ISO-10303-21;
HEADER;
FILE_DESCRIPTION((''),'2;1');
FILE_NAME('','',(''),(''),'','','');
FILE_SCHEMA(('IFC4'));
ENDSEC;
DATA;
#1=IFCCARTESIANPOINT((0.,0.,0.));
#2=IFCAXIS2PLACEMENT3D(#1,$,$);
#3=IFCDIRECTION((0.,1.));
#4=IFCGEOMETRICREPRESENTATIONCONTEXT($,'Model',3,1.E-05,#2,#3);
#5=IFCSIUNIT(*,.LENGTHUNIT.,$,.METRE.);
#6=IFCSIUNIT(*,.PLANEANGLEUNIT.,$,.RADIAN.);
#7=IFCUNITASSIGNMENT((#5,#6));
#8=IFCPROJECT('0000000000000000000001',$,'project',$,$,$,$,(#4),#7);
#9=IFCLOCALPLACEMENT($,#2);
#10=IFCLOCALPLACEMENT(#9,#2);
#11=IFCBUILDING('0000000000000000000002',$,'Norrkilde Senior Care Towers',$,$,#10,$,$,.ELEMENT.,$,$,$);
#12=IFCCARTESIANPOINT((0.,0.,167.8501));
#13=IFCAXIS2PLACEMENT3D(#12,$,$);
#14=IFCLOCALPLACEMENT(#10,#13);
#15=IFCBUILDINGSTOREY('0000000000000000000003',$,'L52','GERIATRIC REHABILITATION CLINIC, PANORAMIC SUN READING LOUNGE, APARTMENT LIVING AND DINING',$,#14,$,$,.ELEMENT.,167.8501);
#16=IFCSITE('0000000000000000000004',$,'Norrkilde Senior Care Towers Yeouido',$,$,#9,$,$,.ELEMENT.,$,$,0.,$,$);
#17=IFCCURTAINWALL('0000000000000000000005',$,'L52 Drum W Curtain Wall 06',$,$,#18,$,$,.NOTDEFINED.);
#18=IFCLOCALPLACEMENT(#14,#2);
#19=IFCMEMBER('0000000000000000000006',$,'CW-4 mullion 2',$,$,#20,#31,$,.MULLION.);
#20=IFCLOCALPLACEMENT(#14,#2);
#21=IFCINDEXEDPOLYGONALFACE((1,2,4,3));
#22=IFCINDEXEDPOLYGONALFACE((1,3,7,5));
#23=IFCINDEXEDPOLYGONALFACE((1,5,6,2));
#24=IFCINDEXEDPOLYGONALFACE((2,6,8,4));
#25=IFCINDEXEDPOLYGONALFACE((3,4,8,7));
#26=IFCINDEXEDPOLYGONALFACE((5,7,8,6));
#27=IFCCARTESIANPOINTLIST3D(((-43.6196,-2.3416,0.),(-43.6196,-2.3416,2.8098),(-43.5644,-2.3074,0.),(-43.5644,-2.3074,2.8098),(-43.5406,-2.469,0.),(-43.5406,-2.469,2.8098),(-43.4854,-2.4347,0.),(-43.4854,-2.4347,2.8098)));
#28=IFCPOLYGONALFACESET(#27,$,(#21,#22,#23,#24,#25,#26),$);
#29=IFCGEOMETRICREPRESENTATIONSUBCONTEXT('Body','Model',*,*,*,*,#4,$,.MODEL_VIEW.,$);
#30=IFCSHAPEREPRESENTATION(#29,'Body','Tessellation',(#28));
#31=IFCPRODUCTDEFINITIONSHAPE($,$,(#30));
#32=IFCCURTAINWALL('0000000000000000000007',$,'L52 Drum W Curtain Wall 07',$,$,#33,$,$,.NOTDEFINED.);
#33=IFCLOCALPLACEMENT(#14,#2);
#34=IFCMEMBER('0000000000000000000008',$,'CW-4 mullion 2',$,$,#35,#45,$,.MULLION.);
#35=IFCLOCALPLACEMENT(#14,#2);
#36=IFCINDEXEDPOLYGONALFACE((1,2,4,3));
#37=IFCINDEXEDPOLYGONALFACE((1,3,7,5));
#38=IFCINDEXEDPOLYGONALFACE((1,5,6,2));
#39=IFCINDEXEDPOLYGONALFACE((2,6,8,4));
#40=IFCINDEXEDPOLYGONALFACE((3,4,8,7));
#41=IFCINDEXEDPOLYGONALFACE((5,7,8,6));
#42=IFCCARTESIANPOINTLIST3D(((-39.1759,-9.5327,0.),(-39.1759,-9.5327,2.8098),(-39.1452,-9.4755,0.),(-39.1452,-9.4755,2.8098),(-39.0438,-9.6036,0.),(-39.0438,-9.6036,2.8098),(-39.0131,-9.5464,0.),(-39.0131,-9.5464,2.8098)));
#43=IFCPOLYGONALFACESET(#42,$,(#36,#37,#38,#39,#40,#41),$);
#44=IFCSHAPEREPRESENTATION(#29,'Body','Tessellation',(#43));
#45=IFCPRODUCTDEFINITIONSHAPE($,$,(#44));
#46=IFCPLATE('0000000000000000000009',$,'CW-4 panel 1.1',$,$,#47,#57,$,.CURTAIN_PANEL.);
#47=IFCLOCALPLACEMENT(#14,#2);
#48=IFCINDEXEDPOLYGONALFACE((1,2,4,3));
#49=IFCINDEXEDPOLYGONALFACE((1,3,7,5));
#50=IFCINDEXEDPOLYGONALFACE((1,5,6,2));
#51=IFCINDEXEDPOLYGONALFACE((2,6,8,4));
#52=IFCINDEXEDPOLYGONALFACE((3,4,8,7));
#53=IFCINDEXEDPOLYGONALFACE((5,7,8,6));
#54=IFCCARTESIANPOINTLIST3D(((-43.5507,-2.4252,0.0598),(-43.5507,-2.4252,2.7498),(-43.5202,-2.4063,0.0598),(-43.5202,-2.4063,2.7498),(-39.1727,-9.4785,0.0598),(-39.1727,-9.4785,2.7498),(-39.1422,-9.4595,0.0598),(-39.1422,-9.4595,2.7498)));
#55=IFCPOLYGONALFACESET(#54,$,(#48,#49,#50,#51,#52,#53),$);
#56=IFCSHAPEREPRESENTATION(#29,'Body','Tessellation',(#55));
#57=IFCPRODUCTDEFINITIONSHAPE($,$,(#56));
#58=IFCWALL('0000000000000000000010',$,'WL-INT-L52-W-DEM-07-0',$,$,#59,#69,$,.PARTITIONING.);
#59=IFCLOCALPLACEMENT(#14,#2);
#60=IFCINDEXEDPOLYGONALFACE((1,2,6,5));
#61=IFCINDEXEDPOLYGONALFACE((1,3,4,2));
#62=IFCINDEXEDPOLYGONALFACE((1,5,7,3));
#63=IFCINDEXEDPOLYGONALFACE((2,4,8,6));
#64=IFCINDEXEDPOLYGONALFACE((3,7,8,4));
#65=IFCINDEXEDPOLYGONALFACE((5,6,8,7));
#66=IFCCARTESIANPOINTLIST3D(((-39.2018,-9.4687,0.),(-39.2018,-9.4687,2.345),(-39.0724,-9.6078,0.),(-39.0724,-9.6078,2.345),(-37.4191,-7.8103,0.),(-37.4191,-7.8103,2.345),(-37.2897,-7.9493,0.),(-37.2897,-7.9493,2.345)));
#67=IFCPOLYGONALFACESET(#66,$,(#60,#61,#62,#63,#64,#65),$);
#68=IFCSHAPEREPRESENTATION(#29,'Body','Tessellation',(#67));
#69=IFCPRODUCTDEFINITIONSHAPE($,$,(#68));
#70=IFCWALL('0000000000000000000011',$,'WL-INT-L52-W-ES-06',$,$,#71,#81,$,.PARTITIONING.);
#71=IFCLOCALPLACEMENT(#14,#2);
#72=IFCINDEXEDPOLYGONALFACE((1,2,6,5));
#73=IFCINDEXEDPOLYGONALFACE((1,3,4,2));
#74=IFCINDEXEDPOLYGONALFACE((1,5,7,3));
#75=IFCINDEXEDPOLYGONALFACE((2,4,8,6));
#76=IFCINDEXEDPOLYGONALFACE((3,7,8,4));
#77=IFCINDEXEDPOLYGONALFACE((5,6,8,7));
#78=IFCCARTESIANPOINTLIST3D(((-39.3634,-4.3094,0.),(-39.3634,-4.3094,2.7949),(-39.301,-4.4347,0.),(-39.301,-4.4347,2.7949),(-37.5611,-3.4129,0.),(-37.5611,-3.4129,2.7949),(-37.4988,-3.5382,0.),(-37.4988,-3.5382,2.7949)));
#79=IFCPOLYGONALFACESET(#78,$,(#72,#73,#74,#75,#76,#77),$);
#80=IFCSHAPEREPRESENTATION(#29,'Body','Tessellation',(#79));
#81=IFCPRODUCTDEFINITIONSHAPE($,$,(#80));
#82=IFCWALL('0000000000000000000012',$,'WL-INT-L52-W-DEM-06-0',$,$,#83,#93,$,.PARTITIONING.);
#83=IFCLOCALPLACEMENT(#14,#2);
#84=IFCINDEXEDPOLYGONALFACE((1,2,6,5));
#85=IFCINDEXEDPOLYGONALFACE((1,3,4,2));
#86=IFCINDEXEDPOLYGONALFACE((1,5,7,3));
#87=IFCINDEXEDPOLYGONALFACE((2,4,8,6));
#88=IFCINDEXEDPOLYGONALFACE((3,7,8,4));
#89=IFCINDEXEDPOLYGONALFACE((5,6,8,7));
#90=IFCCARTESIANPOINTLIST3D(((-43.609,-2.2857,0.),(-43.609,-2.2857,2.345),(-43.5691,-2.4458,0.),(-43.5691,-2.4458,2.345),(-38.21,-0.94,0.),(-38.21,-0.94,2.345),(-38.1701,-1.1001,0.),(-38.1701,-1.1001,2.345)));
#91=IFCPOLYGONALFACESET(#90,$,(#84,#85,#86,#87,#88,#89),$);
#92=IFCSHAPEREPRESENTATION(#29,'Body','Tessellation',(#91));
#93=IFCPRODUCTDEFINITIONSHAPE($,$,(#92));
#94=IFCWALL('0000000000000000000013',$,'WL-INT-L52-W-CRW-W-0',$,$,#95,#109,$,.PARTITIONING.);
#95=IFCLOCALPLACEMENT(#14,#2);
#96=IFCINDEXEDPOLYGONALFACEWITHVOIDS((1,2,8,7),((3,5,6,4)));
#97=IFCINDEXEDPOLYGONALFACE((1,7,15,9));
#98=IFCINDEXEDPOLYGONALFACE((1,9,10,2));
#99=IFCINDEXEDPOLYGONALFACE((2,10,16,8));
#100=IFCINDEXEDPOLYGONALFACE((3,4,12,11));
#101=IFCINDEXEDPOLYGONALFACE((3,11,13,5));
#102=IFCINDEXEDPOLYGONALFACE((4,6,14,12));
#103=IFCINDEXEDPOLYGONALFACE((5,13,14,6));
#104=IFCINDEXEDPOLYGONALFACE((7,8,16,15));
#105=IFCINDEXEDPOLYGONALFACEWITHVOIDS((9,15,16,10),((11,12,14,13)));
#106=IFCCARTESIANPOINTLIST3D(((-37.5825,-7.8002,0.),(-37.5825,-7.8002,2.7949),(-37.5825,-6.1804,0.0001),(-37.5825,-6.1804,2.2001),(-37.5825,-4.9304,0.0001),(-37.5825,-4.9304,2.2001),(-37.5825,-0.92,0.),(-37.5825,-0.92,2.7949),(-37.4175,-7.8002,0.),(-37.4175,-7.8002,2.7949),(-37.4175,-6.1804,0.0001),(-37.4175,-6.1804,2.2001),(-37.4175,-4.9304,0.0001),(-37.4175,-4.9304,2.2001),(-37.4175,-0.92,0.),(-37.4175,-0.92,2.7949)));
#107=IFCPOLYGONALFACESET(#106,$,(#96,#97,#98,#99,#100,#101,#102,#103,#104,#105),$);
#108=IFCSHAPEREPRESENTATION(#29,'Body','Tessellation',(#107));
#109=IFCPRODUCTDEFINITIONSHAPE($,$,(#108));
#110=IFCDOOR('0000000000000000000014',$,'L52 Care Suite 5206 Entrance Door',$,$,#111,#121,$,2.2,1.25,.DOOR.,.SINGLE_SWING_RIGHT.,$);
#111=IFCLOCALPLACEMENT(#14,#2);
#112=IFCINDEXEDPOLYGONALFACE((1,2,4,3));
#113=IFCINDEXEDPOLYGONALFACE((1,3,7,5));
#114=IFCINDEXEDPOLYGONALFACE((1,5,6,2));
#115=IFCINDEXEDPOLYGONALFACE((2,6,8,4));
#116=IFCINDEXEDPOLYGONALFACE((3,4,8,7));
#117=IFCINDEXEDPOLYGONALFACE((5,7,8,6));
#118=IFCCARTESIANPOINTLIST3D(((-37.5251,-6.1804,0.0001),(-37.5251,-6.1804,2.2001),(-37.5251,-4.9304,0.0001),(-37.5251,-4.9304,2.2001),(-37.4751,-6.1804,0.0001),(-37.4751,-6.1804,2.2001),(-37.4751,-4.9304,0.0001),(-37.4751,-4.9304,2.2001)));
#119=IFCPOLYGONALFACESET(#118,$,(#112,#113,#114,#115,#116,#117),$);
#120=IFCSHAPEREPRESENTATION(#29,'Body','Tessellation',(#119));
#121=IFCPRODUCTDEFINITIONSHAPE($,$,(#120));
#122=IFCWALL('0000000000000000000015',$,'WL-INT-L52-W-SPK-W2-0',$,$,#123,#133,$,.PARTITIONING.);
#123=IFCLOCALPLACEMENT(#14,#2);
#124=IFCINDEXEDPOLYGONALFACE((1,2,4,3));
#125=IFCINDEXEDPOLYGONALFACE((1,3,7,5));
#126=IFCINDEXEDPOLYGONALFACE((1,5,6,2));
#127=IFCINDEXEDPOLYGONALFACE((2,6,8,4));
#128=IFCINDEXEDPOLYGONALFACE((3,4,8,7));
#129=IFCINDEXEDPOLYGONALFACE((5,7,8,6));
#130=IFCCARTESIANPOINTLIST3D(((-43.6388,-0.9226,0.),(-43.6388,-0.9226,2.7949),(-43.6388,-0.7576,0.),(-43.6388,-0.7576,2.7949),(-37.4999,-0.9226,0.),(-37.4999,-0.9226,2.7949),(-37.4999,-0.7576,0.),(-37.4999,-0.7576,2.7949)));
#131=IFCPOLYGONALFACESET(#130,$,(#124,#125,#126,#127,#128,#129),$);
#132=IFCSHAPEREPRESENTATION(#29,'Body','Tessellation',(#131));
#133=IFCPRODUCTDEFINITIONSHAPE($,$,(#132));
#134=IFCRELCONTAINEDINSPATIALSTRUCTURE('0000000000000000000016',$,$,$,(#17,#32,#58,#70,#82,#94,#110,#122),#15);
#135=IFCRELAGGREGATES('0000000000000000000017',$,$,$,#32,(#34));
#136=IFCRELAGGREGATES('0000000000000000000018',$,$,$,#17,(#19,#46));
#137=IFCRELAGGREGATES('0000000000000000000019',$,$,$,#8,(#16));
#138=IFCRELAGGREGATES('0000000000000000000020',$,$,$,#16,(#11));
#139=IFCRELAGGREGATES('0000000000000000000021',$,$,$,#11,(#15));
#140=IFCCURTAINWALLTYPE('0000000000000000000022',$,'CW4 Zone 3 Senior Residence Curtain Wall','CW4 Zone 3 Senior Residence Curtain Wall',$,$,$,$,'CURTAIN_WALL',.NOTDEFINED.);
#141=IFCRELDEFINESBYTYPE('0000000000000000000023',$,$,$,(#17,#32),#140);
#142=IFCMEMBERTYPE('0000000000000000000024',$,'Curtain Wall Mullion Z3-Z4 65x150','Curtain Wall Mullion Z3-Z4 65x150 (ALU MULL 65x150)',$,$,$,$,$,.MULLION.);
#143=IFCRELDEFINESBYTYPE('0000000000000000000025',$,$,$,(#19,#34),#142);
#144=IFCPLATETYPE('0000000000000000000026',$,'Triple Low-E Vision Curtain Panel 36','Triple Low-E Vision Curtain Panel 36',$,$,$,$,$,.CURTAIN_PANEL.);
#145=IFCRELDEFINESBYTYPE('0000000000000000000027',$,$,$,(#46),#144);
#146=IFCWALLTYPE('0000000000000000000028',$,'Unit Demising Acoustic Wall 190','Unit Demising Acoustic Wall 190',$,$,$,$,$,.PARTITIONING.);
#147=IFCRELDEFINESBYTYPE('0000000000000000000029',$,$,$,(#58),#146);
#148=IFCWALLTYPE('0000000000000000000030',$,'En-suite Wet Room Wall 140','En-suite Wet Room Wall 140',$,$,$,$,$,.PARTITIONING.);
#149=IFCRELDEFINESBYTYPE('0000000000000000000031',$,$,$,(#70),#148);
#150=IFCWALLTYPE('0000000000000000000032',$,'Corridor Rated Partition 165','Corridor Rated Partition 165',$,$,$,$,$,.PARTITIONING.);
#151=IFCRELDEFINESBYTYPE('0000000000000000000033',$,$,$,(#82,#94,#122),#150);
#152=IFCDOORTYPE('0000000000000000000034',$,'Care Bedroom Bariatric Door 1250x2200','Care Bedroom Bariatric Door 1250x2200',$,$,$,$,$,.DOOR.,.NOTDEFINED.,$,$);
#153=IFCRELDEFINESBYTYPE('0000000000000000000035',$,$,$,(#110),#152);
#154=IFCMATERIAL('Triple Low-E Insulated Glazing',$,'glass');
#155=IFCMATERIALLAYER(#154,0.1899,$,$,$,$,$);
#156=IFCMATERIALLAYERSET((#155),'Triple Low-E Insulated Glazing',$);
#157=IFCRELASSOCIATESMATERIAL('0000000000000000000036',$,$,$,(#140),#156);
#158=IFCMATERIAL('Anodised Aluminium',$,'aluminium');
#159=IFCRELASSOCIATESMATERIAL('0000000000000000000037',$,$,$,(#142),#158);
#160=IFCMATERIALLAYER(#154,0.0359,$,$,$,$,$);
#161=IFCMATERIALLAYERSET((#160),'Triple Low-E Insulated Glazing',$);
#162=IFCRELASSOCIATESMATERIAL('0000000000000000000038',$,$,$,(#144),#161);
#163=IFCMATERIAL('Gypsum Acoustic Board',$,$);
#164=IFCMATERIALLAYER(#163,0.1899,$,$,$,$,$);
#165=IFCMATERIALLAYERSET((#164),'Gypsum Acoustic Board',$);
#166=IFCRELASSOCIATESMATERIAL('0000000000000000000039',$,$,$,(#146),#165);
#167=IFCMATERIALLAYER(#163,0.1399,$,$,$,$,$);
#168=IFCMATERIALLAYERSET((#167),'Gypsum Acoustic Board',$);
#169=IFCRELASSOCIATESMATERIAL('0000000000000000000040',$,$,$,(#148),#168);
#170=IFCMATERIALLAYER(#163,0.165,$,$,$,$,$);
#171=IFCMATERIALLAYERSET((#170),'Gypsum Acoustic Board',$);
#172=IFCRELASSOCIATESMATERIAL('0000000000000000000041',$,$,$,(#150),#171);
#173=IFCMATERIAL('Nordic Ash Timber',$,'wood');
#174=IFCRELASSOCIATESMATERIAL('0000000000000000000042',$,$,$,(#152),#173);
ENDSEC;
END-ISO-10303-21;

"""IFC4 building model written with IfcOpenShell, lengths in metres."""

from ifc_helpers import new_model, si_unit, direction, frame, frame_2d, origin, origin_2d, place, context, subcontext, project, spatial, rectangle, extrude, source, transform, mapped, material, layer, layer_set, material_profile, profile_set, type_object, type_shapes, element, fill, aggregate, save


model = new_model("IFC4")

# Units and contexts
model_context = context("Model", 3, precision=1e-05, world=origin(), true_north=direction((0.0, 1.0)))
body_context = subcontext(model_context, "Body", "Model", "MODEL_VIEW")
ifc_project = project(units=[si_unit("LENGTHUNIT", "METRE"), si_unit("PLANEANGLEUNIT", "RADIAN")], contexts=[model_context])

# Site, building, storey
site_placement = place(None, origin())
site = spatial("IfcSite", under=ifc_project, at=site_placement, Name="Norrkilde Senior Care Towers Yeouido", CompositionType="ELEMENT", RefElevation=0.0)
building_placement = place(site_placement, origin())
building = spatial("IfcBuilding", under=site, at=building_placement, Name="Norrkilde Senior Care Towers", CompositionType="ELEMENT")
storey_placement = place(building_placement, frame((0.0, 0.0, 167.8501)))
storey = spatial("IfcBuildingStorey", under=building, at=storey_placement, Name="L52", Description="GERIATRIC REHABILITATION CLINIC, PANORAMIC SUN READING LOUNGE, APARTMENT LIVING AND DINING", CompositionType="ELEMENT", Elevation=167.8501)

# Curtain wall
ifc_material_1 = material(Name="Triple Low-E Insulated Glazing", Category="glass")
ifc_layer_1 = layer(ifc_material_1, 0.1899)
ifc_layer_set_1 = layer_set([ifc_layer_1], Name="Triple Low-E Insulated Glazing")
curtain_wall_type = type_object("IfcCurtainWallType", Name="CW4 Zone 3 Senior Residence Curtain Wall", Description="CW4 Zone 3 Senior Residence Curtain Wall", ElementType="CURTAIN_WALL", PredefinedType="NOTDEFINED", material=ifc_layer_set_1)
curtain_wall_1_placement = place(storey_placement, origin())
curtain_wall_1 = element("IfcCurtainWall", 1, at=curtain_wall_1_placement, inside=storey, type_object=curtain_wall_type, Name="L52 Drum W Curtain Wall 06", PredefinedType="NOTDEFINED")
ifc_material_2 = material(Name="Anodised Aluminium", Category="aluminium")
ifc_material_profile_1 = material_profile(ifc_material_2, rectangle(XDim=0.0649, YDim=0.1499, at=origin_2d()), Name="ALU MULL 65x150")
ifc_profile_set_1 = profile_set([ifc_material_profile_1], Name="Anodised Aluminium")
member_type_1 = type_object("IfcMemberType", Name="Curtain Wall Mullion Z3-Z4 65x150", Description="Curtain Wall Mullion Z3-Z4 65x150 (ALU MULL 65x150)", PredefinedType="MULLION", material=ifc_profile_set_1)
shared_shape_1 = source(origin(), body_context, "Body", "SweptSolid", [
    extrude(rectangle(XDim=0.0649, YDim=0.1499, at=origin_2d()), origin(), (0.0, 0.0, 1.0), 2.8098),
])
type_shapes(member_type_1, [shared_shape_1])

# Member
member_1_placement = place(storey_placement, frame((-43.5525, -2.3882, 0.0), z_axis=(0.0, 0.0, 1.0), x_axis=(-0.849634, -0.527373, 0.0)))
member_1 = element("IfcMember", 2, at=member_1_placement, type_object=member_type_1, Name="CW-4 mullion 2", PredefinedType="MULLION", context=body_context, shape_type="MappedRepresentation", body=[
    mapped(shared_shape_1, transform((0.0, 0.0, 0.0), x_axis=(1.0, 0.0, 0.0), y_axis=(0.0, 1.0, 0.0), z_axis=(0.0, 0.0, 1.0), scale=1.0)),
])

# Curtain wall, member
curtain_wall_2_placement = place(storey_placement, origin())
curtain_wall_2 = element("IfcCurtainWall", 3, at=curtain_wall_2_placement, inside=storey, type_object=curtain_wall_type, Name="L52 Drum W Curtain Wall 07", PredefinedType="NOTDEFINED")
member_2_placement = place(storey_placement, frame((-39.0945, -9.5396, 0.0), z_axis=(0.0, 0.0, 1.0), x_axis=(-0.473117, -0.881, 0.0)))
member_2 = element("IfcMember", 4, at=member_2_placement, type_object=member_type_1, Name="CW-4 mullion 2", PredefinedType="MULLION", context=body_context, shape_type="MappedRepresentation", body=[
    mapped(shared_shape_1, transform((0.0, 0.0, 0.0), x_axis=(1.0, 0.0, 0.0), y_axis=(0.0, 1.0, 0.0), z_axis=(0.0, 0.0, 1.0), scale=1.0)),
])
aggregate(curtain_wall_2, [member_2])

# Plate
ifc_layer_2 = layer(ifc_material_1, 0.0359)
ifc_layer_set_2 = layer_set([ifc_layer_2], Name="Triple Low-E Insulated Glazing")
plate_type = type_object("IfcPlateType", Name="Triple Low-E Vision Curtain Panel 36", Description="Triple Low-E Vision Curtain Panel 36", PredefinedType="CURTAIN_PANEL", material=ifc_layer_set_2)
shared_shape_2 = source(origin(), body_context, "Body", "SweptSolid", [
    extrude(rectangle(XDim=8.3015, YDim=0.0359, at=origin_2d()), origin(), (0.0, 0.0, 1.0), 2.6899),
])
type_shapes(plate_type, [shared_shape_2])
plate_placement = place(storey_placement, frame((-41.3464, -5.9424, 0.0598), z_axis=(0.0, 0.0, 1.0), x_axis=(-0.527373, 0.849634, 0.0)))
plate = element("IfcPlate", 5, at=plate_placement, type_object=plate_type, Name="CW-4 panel 1.1", PredefinedType="CURTAIN_PANEL", context=body_context, shape_type="MappedRepresentation", body=[
    mapped(shared_shape_2, transform((0.0, 0.0, 0.0), x_axis=(1.0, 0.0, 0.0), y_axis=(0.0, 1.0, 0.0), z_axis=(0.0, 0.0, 1.0), scale=1.0)),
])
aggregate(curtain_wall_1, [member_1, plate])

# Walls
ifc_material_3 = material(Name="Gypsum Acoustic Board")
ifc_layer_3 = layer(ifc_material_3, 0.1899)
ifc_layer_set_3 = layer_set([ifc_layer_3], Name="Gypsum Acoustic Board")
wall_type_1 = type_object("IfcWallType", Name="Unit Demising Acoustic Wall 190", Description="Unit Demising Acoustic Wall 190", PredefinedType="PARTITIONING", material=ifc_layer_set_3)
shared_shape_3 = source(origin(), body_context, "Body", "SweptSolid", [
    extrude(rectangle(XDim=2.4348, YDim=0.1899, at=frame_2d((1.2173, 0.0))), origin(), (0.0, 0.0, 1.0), 2.345),
])
type_shapes(wall_type_1, [shared_shape_3])
wall_1_placement = place(storey_placement, frame((-37.3545, -7.8799, 0.0), z_axis=(0.0, 0.0, 1.0), x_axis=(-0.732165, -0.681128, 0.0)))
element("IfcWall", 6, at=wall_1_placement, inside=storey, type_object=wall_type_1, Name="WL-INT-L52-W-DEM-07-0", PredefinedType="PARTITIONING", context=body_context, shape_type="MappedRepresentation", body=[
    mapped(shared_shape_3, transform((0.0, 0.0, 0.0), x_axis=(1.0, 0.0, 0.0), y_axis=(0.0, 1.0, 0.0), z_axis=(0.0, 0.0, 1.0), scale=1.0)),
])
ifc_layer_4 = layer(ifc_material_3, 0.1399)
ifc_layer_set_4 = layer_set([ifc_layer_4], Name="Gypsum Acoustic Board")
wall_type_2 = type_object("IfcWallType", Name="En-suite Wet Room Wall 140", Description="En-suite Wet Room Wall 140", PredefinedType="PARTITIONING", material=ifc_layer_set_4)
shared_shape_4 = source(origin(), body_context, "Body", "SweptSolid", [
    extrude(rectangle(XDim=2.0129, YDim=0.1399, at=frame_2d((1.0063, 0.0))), origin(), (0.0, 0.0, 1.0), 2.7949),
])
wall_2_placement = place(storey_placement, frame((-37.53, -3.4756, 0.0), z_axis=(0.0, 0.0, 1.0), x_axis=(-0.895347, -0.445369, 0.0)))
element("IfcWall", 7, at=wall_2_placement, inside=storey, type_object=wall_type_2, Name="WL-INT-L52-W-ES-06", PredefinedType="PARTITIONING", context=body_context, shape_type="MappedRepresentation", body=[
    mapped(shared_shape_4, transform((0.0, 0.0, 0.0), x_axis=(1.0, 0.0, 0.0), y_axis=(0.0, 1.0, 0.0), z_axis=(0.0, 0.0, 1.0), scale=1.0)),
])
ifc_layer_5 = layer(ifc_material_3, 0.165)
ifc_layer_set_5 = layer_set([ifc_layer_5], Name="Gypsum Acoustic Board")
wall_type_3 = type_object("IfcWallType", Name="Corridor Rated Partition 165", Description="Corridor Rated Partition 165", PredefinedType="PARTITIONING", material=ifc_layer_set_5)
shared_shape_5 = source(origin(), body_context, "Body", "SweptSolid", [
    extrude(rectangle(XDim=5.5642, YDim=0.165, at=frame_2d((2.7822, 0.0))), origin(), (0.0, 0.0, 1.0), 2.345),
])
wall_3_placement = place(storey_placement, frame((-38.1899, -1.02, 0.0), z_axis=(0.0, 0.0, 1.0), x_axis=(-0.970313, -0.241854, 0.0)))
element("IfcWall", 8, at=wall_3_placement, inside=storey, type_object=wall_type_3, Name="WL-INT-L52-W-DEM-06-0", PredefinedType="PARTITIONING", context=body_context, shape_type="MappedRepresentation", body=[
    mapped(shared_shape_5, transform((0.0, 0.0, 0.0), x_axis=(1.0, 0.0, 0.0), y_axis=(0.0, 1.0, 0.0), z_axis=(0.0, 0.0, 1.0), scale=1.0)),
])

# Wall, opening, door
shared_shape_6 = source(origin(), body_context, "Body", "SweptSolid", [
    extrude(rectangle(XDim=6.8801, YDim=0.165, at=frame_2d((3.4399, 0.0))), origin(), (0.0, 0.0, 1.0), 2.7949),
])
wall_4_placement = place(storey_placement, frame((-37.5, -7.8, 0.0), z_axis=(0.0, 0.0, 1.0), x_axis=(0.0, 1.0, 0.0)))
wall_4 = element("IfcWall", 9, at=wall_4_placement, inside=storey, type_object=wall_type_3, Name="WL-INT-L52-W-CRW-W-0", PredefinedType="PARTITIONING", context=body_context, shape_type="MappedRepresentation", body=[
    mapped(shared_shape_6, transform((0.0, 0.0, 0.0), x_axis=(1.0, 0.0, 0.0), y_axis=(0.0, 1.0, 0.0), z_axis=(0.0, 0.0, 1.0), scale=1.0)),
])
opening_1_placement = place(wall_4_placement, frame((1.6196, 0.0, 0.0)))
opening_1 = element("IfcOpeningElement", 10, at=opening_1_placement, cuts=wall_4, PredefinedType="OPENING", context=body_context, shape_type="SweptSolid", body=[
    extrude(rectangle(XDim=1.25, YDim=2.2, at=frame_2d((0.625, 1.1001))), frame((0.0, 0.0925, 0.0), z_axis=(0.0, -1.0, 0.0), x_axis=(1.0, 0.0, 0.0)), (0.0, 0.0, 1.0), 0.1851),
])
ifc_material_4 = material(Name="Nordic Ash Timber", Category="wood")
door_type_1 = type_object("IfcDoorType", Name="Care Bedroom Bariatric Door 1250x2200", Description="Care Bedroom Bariatric Door 1250x2200", OperationType="NOTDEFINED", PredefinedType="DOOR", material=ifc_material_4)
shared_shape_7 = source(origin(), body_context, "Body", "SweptSolid", [
    extrude(rectangle(XDim=1.25, YDim=2.2, at=frame_2d((0.625, 1.1001))), frame((0.0, 0.0249, 0.0), z_axis=(0.0, -1.0, 0.0), x_axis=(1.0, 0.0, 0.0)), (0.0, 0.0, 1.0), 0.05),
])
type_shapes(door_type_1, [shared_shape_7])
door_1_placement = place(opening_1_placement, frame((1.25, 0.0, 0.0), z_axis=(0.0, 0.0, 1.0), x_axis=(-1.0, 0.0, 0.0)))
door_1 = element("IfcDoor", 11, at=door_1_placement, inside=storey, type_object=door_type_1, Name="L52 Care Suite 5206 Entrance Door", OperationType="SINGLE_SWING_RIGHT", OverallHeight=2.2, OverallWidth=1.25, PredefinedType="DOOR", context=body_context, shape_type="MappedRepresentation", body=[
    mapped(shared_shape_7, transform((0.0, 0.0, 0.0), x_axis=(1.0, 0.0, 0.0), y_axis=(0.0, 1.0, 0.0), z_axis=(0.0, 0.0, 1.0), scale=1.0)),
])
fill(opening_1, door_1)

# Wall
shared_shape_8 = source(origin(), body_context, "Body", "SweptSolid", [
    extrude(rectangle(XDim=6.1389, YDim=0.165, at=frame_2d((3.0693, 0.0))), origin(), (0.0, 0.0, 1.0), 2.7949),
])
type_shapes(wall_type_3, [shared_shape_5, shared_shape_6, shared_shape_8])
wall_5_placement = place(storey_placement, frame((-37.5, -0.8401, 0.0), z_axis=(0.0, 0.0, 1.0), x_axis=(-1.0, 0.0, 0.0)))
element("IfcWall", 12, at=wall_5_placement, inside=storey, type_object=wall_type_3, Name="WL-INT-L52-W-SPK-W2-0", PredefinedType="PARTITIONING", context=body_context, shape_type="MappedRepresentation", body=[
    mapped(shared_shape_8, transform((0.0, 0.0, 0.0), x_axis=(1.0, 0.0, 0.0), y_axis=(0.0, 1.0, 0.0), z_axis=(0.0, 0.0, 1.0), scale=1.0)),
])

save(model, "model.ifc")
